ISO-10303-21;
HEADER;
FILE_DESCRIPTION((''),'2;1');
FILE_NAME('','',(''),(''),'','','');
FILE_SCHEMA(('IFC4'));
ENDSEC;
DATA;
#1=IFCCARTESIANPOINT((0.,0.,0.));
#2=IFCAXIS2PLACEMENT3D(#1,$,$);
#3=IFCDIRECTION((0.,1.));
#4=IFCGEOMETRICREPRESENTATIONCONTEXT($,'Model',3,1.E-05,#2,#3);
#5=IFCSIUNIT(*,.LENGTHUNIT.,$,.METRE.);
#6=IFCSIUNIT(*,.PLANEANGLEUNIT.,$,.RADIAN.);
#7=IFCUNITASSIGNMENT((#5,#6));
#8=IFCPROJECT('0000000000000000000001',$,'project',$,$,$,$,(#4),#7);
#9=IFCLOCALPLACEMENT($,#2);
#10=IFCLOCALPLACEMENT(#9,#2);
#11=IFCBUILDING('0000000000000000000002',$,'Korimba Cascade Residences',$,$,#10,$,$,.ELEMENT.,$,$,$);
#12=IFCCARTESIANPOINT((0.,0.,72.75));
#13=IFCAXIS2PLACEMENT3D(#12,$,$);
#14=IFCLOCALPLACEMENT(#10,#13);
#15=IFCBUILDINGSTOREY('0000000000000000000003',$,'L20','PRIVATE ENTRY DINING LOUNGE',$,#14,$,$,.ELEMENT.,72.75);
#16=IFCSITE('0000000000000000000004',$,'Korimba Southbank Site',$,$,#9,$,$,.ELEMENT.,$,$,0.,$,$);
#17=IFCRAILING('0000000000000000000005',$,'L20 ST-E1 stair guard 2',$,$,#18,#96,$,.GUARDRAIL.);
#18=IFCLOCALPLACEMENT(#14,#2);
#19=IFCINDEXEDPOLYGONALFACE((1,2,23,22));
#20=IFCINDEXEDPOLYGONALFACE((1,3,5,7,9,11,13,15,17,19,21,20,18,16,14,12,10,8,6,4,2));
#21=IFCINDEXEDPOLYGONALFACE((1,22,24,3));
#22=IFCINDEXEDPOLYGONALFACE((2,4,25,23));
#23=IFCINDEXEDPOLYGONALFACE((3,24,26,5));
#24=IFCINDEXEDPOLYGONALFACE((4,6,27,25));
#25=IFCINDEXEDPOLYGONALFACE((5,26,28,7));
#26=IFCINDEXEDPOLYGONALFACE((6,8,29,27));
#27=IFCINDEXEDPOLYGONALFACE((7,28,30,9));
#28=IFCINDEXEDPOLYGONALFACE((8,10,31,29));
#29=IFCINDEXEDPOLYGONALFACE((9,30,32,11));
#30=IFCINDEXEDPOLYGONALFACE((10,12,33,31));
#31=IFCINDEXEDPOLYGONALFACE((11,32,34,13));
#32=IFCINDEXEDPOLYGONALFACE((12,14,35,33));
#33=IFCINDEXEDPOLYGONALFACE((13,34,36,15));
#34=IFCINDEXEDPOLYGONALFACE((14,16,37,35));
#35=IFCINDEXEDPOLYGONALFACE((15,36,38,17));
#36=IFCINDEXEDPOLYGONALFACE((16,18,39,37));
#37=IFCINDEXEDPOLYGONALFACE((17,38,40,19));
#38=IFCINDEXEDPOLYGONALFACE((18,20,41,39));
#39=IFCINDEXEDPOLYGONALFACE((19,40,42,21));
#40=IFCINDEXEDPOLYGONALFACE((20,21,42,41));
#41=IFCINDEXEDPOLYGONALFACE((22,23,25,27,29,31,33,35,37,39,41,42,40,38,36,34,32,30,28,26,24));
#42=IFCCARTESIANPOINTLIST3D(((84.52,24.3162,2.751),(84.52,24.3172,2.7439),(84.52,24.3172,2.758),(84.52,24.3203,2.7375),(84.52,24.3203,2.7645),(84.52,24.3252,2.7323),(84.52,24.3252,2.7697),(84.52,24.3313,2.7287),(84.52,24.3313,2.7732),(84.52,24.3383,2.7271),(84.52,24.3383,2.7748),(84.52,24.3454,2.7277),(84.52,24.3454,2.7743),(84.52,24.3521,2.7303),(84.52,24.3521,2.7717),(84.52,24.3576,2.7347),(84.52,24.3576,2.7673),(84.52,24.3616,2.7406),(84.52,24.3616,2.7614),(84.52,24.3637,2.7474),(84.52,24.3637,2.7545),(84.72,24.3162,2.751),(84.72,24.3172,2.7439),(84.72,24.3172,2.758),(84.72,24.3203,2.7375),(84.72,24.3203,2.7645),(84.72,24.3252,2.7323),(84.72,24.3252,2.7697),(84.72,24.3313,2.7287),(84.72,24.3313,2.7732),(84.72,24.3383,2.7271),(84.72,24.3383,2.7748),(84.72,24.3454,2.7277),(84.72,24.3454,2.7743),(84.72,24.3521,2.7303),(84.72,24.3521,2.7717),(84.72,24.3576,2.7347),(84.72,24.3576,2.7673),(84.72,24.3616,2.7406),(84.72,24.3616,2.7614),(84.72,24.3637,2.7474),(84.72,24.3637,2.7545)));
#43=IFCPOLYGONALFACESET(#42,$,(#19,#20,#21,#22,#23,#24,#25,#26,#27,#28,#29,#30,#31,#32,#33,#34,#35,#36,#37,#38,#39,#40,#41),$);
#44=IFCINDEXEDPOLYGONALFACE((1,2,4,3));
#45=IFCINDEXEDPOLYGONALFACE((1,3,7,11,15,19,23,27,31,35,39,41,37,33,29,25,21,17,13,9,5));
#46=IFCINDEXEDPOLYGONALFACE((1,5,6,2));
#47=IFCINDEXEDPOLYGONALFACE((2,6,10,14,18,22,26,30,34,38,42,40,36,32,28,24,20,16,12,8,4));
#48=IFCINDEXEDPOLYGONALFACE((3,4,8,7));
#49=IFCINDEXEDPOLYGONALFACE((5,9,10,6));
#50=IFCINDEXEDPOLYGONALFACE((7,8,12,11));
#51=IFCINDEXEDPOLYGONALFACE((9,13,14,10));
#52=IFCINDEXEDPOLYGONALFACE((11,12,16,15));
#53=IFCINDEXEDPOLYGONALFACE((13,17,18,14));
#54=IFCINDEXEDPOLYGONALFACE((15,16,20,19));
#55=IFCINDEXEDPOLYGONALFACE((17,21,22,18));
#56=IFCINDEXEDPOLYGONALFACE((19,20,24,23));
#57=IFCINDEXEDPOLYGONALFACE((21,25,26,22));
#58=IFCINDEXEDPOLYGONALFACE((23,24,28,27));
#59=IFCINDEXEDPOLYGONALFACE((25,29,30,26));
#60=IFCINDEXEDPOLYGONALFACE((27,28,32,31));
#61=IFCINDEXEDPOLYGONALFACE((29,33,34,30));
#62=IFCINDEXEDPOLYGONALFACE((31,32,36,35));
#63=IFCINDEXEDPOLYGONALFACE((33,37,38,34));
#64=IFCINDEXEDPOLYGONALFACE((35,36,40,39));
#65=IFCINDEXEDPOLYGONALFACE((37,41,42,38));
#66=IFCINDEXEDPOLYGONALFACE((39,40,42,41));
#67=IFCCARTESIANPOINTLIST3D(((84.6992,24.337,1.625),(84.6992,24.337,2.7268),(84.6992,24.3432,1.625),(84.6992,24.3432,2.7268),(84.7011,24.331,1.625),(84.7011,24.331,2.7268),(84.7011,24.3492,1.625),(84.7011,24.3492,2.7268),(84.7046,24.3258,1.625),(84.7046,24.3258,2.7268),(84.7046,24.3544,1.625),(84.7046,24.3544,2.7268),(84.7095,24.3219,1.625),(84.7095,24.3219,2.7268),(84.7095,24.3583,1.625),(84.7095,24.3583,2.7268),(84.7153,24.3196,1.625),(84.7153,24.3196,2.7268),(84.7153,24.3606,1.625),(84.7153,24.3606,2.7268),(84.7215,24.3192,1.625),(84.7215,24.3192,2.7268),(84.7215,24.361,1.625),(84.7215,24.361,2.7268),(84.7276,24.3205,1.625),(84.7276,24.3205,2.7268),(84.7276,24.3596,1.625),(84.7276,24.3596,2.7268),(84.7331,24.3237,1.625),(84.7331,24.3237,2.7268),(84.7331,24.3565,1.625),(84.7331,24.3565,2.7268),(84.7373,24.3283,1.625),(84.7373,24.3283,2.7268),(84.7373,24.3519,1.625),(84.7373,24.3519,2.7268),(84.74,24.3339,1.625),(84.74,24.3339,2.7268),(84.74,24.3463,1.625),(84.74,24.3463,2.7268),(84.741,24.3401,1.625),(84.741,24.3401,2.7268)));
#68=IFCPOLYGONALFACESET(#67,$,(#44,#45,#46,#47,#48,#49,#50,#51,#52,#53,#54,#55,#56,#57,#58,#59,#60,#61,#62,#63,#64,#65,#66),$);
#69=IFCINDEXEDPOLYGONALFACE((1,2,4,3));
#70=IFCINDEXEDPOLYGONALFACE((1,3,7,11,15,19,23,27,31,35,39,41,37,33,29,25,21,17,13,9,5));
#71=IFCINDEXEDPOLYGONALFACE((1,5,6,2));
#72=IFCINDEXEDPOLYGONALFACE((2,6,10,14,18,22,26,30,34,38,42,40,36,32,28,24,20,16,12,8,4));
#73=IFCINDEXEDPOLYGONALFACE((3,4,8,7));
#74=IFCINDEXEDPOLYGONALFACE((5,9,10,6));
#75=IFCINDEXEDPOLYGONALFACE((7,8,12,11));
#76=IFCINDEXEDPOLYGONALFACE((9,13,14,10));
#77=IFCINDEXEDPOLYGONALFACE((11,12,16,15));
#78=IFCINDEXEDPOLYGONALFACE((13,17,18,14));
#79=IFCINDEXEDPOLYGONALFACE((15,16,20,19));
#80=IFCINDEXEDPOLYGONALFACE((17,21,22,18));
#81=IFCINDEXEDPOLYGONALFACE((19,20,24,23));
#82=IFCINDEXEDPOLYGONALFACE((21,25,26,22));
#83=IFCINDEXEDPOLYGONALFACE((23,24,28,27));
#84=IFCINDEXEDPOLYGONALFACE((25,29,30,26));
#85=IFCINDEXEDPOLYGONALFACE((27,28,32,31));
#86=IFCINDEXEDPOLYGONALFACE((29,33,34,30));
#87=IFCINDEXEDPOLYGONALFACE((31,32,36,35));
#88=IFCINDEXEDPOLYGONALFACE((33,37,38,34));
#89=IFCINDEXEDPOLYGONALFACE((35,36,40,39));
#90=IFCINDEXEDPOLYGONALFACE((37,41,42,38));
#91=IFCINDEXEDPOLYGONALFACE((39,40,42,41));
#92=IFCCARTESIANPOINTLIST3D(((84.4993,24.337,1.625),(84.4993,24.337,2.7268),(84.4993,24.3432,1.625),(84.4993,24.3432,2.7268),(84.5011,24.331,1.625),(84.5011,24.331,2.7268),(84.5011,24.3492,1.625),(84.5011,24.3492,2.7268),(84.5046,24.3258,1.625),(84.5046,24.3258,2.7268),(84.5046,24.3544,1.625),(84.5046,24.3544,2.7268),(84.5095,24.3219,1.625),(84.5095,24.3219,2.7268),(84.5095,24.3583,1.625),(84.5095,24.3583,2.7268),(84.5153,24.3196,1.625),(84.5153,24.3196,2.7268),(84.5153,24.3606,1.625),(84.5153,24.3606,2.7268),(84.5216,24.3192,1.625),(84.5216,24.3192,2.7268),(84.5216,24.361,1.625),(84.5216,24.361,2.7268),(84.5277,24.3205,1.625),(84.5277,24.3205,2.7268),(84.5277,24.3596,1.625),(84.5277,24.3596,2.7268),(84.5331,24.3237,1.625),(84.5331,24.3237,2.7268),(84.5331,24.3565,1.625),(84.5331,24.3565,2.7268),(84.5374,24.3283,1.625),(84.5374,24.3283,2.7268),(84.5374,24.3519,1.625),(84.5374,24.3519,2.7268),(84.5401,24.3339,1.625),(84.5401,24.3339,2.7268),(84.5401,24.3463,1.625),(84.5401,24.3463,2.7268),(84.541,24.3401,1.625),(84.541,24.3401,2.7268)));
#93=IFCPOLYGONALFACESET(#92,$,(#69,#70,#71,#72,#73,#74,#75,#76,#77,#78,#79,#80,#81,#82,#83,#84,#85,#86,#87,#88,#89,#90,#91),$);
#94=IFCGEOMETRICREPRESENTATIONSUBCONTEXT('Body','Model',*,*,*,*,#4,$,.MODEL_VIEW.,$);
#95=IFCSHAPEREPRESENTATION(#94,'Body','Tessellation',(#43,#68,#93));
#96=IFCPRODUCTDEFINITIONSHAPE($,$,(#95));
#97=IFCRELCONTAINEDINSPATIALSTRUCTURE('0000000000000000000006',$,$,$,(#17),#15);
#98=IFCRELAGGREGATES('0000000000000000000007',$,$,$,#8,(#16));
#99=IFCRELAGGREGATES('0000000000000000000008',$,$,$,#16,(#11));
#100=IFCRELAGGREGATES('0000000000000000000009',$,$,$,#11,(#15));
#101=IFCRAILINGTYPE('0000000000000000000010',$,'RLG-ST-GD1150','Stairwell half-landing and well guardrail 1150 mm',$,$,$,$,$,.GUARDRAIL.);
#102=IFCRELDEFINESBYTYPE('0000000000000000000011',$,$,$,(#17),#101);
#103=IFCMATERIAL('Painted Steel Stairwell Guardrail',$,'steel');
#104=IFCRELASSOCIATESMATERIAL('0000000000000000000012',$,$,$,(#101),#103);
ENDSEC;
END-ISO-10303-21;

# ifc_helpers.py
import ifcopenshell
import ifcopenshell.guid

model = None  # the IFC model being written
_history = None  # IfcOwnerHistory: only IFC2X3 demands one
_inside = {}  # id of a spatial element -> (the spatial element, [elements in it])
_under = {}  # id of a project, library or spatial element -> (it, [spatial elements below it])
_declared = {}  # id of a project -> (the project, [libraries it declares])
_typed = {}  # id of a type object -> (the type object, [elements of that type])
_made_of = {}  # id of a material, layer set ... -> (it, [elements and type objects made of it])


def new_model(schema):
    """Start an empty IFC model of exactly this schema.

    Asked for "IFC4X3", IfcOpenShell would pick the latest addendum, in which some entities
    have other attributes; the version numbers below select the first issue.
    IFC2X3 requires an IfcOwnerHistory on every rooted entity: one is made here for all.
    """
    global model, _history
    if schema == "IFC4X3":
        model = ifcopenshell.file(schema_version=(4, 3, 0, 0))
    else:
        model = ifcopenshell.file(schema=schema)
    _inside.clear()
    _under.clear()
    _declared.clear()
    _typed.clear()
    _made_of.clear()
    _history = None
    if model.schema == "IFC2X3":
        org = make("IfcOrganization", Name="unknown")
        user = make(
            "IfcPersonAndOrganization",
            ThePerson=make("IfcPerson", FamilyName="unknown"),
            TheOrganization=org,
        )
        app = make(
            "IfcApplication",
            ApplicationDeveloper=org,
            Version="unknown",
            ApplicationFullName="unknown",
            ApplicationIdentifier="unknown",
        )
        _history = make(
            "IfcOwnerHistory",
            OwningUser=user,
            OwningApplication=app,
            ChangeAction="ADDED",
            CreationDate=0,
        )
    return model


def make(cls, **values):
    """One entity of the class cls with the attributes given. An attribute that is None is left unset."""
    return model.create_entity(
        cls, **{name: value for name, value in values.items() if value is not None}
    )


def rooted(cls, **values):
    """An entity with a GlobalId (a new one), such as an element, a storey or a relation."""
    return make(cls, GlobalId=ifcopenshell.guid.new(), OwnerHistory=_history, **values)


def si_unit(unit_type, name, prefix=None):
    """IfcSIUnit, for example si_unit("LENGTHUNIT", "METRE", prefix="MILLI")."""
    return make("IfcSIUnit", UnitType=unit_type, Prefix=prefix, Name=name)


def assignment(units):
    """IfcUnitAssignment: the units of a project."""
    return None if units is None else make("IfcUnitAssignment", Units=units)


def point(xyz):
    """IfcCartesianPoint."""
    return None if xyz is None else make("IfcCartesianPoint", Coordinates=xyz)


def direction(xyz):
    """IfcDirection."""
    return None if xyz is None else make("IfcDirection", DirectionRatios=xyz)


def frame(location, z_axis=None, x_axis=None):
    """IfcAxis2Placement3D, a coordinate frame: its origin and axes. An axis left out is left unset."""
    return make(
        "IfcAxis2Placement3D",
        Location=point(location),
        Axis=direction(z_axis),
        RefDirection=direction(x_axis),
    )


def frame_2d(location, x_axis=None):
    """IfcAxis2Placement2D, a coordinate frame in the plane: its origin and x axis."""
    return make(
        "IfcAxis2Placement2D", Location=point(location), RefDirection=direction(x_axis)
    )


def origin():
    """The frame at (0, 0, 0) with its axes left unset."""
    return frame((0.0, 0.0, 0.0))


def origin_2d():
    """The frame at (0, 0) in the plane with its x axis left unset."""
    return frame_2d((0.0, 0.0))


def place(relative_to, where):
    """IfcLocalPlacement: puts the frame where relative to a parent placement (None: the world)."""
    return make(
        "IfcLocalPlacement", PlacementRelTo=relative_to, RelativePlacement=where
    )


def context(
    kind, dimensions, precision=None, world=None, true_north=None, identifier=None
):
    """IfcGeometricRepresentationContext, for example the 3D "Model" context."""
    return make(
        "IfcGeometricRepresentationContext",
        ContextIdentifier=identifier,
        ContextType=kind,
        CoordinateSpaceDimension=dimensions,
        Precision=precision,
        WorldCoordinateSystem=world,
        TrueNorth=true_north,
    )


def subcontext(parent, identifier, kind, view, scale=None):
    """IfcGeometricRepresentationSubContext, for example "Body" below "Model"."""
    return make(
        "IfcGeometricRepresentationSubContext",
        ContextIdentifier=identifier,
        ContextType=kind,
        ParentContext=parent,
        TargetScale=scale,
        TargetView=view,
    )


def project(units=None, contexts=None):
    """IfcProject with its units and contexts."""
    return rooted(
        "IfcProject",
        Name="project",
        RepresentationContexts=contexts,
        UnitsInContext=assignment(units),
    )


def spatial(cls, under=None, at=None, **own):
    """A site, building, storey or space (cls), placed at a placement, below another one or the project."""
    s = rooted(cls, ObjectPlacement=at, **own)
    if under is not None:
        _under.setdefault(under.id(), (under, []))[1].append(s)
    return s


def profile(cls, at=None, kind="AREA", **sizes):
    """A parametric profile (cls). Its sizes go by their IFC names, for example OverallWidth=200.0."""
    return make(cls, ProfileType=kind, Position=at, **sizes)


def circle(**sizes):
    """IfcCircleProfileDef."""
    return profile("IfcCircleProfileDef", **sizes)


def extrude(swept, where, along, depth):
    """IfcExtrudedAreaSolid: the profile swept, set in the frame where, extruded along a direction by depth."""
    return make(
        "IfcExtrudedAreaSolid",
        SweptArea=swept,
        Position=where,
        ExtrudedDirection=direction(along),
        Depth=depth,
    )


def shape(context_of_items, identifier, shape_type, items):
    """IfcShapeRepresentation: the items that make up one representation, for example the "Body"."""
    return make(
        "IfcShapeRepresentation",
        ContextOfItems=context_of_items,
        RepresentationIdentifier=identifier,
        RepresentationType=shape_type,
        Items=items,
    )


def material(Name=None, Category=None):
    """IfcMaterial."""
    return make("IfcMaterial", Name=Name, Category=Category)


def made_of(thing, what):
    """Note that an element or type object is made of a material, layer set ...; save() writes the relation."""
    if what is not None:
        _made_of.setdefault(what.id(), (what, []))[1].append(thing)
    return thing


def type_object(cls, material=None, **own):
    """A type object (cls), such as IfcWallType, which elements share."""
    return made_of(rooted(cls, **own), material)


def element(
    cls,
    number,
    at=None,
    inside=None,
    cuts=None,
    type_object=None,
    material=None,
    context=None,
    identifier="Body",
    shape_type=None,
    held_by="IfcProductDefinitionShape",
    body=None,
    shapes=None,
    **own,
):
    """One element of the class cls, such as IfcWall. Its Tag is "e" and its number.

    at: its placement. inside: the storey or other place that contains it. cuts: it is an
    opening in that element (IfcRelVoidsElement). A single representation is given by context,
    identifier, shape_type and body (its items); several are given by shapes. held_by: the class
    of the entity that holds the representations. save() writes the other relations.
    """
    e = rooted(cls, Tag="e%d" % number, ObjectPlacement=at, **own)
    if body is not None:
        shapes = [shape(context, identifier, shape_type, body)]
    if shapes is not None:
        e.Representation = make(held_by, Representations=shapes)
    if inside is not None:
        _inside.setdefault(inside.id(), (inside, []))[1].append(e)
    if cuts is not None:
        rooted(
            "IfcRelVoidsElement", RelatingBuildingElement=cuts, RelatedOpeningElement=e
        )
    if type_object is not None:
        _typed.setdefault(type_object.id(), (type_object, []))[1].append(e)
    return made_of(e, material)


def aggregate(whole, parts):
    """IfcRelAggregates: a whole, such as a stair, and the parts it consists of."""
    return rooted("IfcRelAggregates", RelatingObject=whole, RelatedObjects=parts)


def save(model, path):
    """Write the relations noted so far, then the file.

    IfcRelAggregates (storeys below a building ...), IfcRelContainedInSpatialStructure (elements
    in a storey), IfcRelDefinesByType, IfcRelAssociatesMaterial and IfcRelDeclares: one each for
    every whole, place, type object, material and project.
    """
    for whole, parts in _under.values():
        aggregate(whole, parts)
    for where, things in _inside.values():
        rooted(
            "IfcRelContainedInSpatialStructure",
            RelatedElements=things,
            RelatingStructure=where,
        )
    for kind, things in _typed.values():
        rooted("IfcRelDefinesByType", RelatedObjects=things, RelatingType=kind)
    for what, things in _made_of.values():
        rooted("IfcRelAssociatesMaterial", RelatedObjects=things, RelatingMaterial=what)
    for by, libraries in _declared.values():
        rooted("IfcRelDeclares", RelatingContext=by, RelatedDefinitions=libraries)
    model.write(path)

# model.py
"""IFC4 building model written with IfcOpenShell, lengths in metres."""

from ifc_helpers import new_model, si_unit, direction, frame, origin, origin_2d, place, context, subcontext, project, spatial, circle, extrude, material, type_object, element, save


model = new_model("IFC4")

# Units and contexts
model_context = context("Model", 3, precision=1e-05, world=origin(), true_north=direction((0.0, 1.0)))
body_context = subcontext(model_context, "Body", "Model", "MODEL_VIEW")
ifc_project = project(units=[si_unit("LENGTHUNIT", "METRE"), si_unit("PLANEANGLEUNIT", "RADIAN")], contexts=[model_context])

# Site, building, storey
site_placement = place(None, origin())
site = spatial("IfcSite", under=ifc_project, at=site_placement, Name="Korimba Southbank Site", CompositionType="ELEMENT", RefElevation=0.0)
building_placement = place(site_placement, origin())
building = spatial("IfcBuilding", under=site, at=building_placement, Name="Korimba Cascade Residences", CompositionType="ELEMENT")
storey_placement = place(building_placement, frame((0.0, 0.0, 72.75)))
storey = spatial("IfcBuildingStorey", under=building, at=storey_placement, Name="L20", Description="PRIVATE ENTRY DINING LOUNGE", CompositionType="ELEMENT", Elevation=72.75)

# Railing
ifc_material_1 = material(Name="Painted Steel Stairwell Guardrail", Category="steel")
railing_type_1 = type_object("IfcRailingType", Name="RLG-ST-GD1150", Description="Stairwell half-landing and well guardrail 1150 mm", PredefinedType="GUARDRAIL", material=ifc_material_1)
railing_1_placement = place(storey_placement, frame((84.72, 24.3401, 1.625)))
element("IfcRailing", 1, at=railing_1_placement, inside=storey, type_object=railing_type_1, Name="L20 ST-E1 stair guard 2", PredefinedType="GUARDRAIL", context=body_context, shape_type="SweptSolid", body=[
    extrude(circle(Radius=0.0239, at=origin_2d()), frame((0.0, 0.0, 1.126), z_axis=(-1.0, 0.0, 0.0), x_axis=(0.0, -1.0, 0.0)), (0.0, 0.0, 1.0), 0.2),
    extrude(circle(Radius=0.021, at=origin_2d()), origin(), (0.0, 0.0, 1.0), 1.1018),
    extrude(circle(Radius=0.021, at=origin_2d()), frame((-0.2, 0.0, 0.0)), (0.0, 0.0, 1.0), 1.1018),
])

save(model, "model.ifc")
